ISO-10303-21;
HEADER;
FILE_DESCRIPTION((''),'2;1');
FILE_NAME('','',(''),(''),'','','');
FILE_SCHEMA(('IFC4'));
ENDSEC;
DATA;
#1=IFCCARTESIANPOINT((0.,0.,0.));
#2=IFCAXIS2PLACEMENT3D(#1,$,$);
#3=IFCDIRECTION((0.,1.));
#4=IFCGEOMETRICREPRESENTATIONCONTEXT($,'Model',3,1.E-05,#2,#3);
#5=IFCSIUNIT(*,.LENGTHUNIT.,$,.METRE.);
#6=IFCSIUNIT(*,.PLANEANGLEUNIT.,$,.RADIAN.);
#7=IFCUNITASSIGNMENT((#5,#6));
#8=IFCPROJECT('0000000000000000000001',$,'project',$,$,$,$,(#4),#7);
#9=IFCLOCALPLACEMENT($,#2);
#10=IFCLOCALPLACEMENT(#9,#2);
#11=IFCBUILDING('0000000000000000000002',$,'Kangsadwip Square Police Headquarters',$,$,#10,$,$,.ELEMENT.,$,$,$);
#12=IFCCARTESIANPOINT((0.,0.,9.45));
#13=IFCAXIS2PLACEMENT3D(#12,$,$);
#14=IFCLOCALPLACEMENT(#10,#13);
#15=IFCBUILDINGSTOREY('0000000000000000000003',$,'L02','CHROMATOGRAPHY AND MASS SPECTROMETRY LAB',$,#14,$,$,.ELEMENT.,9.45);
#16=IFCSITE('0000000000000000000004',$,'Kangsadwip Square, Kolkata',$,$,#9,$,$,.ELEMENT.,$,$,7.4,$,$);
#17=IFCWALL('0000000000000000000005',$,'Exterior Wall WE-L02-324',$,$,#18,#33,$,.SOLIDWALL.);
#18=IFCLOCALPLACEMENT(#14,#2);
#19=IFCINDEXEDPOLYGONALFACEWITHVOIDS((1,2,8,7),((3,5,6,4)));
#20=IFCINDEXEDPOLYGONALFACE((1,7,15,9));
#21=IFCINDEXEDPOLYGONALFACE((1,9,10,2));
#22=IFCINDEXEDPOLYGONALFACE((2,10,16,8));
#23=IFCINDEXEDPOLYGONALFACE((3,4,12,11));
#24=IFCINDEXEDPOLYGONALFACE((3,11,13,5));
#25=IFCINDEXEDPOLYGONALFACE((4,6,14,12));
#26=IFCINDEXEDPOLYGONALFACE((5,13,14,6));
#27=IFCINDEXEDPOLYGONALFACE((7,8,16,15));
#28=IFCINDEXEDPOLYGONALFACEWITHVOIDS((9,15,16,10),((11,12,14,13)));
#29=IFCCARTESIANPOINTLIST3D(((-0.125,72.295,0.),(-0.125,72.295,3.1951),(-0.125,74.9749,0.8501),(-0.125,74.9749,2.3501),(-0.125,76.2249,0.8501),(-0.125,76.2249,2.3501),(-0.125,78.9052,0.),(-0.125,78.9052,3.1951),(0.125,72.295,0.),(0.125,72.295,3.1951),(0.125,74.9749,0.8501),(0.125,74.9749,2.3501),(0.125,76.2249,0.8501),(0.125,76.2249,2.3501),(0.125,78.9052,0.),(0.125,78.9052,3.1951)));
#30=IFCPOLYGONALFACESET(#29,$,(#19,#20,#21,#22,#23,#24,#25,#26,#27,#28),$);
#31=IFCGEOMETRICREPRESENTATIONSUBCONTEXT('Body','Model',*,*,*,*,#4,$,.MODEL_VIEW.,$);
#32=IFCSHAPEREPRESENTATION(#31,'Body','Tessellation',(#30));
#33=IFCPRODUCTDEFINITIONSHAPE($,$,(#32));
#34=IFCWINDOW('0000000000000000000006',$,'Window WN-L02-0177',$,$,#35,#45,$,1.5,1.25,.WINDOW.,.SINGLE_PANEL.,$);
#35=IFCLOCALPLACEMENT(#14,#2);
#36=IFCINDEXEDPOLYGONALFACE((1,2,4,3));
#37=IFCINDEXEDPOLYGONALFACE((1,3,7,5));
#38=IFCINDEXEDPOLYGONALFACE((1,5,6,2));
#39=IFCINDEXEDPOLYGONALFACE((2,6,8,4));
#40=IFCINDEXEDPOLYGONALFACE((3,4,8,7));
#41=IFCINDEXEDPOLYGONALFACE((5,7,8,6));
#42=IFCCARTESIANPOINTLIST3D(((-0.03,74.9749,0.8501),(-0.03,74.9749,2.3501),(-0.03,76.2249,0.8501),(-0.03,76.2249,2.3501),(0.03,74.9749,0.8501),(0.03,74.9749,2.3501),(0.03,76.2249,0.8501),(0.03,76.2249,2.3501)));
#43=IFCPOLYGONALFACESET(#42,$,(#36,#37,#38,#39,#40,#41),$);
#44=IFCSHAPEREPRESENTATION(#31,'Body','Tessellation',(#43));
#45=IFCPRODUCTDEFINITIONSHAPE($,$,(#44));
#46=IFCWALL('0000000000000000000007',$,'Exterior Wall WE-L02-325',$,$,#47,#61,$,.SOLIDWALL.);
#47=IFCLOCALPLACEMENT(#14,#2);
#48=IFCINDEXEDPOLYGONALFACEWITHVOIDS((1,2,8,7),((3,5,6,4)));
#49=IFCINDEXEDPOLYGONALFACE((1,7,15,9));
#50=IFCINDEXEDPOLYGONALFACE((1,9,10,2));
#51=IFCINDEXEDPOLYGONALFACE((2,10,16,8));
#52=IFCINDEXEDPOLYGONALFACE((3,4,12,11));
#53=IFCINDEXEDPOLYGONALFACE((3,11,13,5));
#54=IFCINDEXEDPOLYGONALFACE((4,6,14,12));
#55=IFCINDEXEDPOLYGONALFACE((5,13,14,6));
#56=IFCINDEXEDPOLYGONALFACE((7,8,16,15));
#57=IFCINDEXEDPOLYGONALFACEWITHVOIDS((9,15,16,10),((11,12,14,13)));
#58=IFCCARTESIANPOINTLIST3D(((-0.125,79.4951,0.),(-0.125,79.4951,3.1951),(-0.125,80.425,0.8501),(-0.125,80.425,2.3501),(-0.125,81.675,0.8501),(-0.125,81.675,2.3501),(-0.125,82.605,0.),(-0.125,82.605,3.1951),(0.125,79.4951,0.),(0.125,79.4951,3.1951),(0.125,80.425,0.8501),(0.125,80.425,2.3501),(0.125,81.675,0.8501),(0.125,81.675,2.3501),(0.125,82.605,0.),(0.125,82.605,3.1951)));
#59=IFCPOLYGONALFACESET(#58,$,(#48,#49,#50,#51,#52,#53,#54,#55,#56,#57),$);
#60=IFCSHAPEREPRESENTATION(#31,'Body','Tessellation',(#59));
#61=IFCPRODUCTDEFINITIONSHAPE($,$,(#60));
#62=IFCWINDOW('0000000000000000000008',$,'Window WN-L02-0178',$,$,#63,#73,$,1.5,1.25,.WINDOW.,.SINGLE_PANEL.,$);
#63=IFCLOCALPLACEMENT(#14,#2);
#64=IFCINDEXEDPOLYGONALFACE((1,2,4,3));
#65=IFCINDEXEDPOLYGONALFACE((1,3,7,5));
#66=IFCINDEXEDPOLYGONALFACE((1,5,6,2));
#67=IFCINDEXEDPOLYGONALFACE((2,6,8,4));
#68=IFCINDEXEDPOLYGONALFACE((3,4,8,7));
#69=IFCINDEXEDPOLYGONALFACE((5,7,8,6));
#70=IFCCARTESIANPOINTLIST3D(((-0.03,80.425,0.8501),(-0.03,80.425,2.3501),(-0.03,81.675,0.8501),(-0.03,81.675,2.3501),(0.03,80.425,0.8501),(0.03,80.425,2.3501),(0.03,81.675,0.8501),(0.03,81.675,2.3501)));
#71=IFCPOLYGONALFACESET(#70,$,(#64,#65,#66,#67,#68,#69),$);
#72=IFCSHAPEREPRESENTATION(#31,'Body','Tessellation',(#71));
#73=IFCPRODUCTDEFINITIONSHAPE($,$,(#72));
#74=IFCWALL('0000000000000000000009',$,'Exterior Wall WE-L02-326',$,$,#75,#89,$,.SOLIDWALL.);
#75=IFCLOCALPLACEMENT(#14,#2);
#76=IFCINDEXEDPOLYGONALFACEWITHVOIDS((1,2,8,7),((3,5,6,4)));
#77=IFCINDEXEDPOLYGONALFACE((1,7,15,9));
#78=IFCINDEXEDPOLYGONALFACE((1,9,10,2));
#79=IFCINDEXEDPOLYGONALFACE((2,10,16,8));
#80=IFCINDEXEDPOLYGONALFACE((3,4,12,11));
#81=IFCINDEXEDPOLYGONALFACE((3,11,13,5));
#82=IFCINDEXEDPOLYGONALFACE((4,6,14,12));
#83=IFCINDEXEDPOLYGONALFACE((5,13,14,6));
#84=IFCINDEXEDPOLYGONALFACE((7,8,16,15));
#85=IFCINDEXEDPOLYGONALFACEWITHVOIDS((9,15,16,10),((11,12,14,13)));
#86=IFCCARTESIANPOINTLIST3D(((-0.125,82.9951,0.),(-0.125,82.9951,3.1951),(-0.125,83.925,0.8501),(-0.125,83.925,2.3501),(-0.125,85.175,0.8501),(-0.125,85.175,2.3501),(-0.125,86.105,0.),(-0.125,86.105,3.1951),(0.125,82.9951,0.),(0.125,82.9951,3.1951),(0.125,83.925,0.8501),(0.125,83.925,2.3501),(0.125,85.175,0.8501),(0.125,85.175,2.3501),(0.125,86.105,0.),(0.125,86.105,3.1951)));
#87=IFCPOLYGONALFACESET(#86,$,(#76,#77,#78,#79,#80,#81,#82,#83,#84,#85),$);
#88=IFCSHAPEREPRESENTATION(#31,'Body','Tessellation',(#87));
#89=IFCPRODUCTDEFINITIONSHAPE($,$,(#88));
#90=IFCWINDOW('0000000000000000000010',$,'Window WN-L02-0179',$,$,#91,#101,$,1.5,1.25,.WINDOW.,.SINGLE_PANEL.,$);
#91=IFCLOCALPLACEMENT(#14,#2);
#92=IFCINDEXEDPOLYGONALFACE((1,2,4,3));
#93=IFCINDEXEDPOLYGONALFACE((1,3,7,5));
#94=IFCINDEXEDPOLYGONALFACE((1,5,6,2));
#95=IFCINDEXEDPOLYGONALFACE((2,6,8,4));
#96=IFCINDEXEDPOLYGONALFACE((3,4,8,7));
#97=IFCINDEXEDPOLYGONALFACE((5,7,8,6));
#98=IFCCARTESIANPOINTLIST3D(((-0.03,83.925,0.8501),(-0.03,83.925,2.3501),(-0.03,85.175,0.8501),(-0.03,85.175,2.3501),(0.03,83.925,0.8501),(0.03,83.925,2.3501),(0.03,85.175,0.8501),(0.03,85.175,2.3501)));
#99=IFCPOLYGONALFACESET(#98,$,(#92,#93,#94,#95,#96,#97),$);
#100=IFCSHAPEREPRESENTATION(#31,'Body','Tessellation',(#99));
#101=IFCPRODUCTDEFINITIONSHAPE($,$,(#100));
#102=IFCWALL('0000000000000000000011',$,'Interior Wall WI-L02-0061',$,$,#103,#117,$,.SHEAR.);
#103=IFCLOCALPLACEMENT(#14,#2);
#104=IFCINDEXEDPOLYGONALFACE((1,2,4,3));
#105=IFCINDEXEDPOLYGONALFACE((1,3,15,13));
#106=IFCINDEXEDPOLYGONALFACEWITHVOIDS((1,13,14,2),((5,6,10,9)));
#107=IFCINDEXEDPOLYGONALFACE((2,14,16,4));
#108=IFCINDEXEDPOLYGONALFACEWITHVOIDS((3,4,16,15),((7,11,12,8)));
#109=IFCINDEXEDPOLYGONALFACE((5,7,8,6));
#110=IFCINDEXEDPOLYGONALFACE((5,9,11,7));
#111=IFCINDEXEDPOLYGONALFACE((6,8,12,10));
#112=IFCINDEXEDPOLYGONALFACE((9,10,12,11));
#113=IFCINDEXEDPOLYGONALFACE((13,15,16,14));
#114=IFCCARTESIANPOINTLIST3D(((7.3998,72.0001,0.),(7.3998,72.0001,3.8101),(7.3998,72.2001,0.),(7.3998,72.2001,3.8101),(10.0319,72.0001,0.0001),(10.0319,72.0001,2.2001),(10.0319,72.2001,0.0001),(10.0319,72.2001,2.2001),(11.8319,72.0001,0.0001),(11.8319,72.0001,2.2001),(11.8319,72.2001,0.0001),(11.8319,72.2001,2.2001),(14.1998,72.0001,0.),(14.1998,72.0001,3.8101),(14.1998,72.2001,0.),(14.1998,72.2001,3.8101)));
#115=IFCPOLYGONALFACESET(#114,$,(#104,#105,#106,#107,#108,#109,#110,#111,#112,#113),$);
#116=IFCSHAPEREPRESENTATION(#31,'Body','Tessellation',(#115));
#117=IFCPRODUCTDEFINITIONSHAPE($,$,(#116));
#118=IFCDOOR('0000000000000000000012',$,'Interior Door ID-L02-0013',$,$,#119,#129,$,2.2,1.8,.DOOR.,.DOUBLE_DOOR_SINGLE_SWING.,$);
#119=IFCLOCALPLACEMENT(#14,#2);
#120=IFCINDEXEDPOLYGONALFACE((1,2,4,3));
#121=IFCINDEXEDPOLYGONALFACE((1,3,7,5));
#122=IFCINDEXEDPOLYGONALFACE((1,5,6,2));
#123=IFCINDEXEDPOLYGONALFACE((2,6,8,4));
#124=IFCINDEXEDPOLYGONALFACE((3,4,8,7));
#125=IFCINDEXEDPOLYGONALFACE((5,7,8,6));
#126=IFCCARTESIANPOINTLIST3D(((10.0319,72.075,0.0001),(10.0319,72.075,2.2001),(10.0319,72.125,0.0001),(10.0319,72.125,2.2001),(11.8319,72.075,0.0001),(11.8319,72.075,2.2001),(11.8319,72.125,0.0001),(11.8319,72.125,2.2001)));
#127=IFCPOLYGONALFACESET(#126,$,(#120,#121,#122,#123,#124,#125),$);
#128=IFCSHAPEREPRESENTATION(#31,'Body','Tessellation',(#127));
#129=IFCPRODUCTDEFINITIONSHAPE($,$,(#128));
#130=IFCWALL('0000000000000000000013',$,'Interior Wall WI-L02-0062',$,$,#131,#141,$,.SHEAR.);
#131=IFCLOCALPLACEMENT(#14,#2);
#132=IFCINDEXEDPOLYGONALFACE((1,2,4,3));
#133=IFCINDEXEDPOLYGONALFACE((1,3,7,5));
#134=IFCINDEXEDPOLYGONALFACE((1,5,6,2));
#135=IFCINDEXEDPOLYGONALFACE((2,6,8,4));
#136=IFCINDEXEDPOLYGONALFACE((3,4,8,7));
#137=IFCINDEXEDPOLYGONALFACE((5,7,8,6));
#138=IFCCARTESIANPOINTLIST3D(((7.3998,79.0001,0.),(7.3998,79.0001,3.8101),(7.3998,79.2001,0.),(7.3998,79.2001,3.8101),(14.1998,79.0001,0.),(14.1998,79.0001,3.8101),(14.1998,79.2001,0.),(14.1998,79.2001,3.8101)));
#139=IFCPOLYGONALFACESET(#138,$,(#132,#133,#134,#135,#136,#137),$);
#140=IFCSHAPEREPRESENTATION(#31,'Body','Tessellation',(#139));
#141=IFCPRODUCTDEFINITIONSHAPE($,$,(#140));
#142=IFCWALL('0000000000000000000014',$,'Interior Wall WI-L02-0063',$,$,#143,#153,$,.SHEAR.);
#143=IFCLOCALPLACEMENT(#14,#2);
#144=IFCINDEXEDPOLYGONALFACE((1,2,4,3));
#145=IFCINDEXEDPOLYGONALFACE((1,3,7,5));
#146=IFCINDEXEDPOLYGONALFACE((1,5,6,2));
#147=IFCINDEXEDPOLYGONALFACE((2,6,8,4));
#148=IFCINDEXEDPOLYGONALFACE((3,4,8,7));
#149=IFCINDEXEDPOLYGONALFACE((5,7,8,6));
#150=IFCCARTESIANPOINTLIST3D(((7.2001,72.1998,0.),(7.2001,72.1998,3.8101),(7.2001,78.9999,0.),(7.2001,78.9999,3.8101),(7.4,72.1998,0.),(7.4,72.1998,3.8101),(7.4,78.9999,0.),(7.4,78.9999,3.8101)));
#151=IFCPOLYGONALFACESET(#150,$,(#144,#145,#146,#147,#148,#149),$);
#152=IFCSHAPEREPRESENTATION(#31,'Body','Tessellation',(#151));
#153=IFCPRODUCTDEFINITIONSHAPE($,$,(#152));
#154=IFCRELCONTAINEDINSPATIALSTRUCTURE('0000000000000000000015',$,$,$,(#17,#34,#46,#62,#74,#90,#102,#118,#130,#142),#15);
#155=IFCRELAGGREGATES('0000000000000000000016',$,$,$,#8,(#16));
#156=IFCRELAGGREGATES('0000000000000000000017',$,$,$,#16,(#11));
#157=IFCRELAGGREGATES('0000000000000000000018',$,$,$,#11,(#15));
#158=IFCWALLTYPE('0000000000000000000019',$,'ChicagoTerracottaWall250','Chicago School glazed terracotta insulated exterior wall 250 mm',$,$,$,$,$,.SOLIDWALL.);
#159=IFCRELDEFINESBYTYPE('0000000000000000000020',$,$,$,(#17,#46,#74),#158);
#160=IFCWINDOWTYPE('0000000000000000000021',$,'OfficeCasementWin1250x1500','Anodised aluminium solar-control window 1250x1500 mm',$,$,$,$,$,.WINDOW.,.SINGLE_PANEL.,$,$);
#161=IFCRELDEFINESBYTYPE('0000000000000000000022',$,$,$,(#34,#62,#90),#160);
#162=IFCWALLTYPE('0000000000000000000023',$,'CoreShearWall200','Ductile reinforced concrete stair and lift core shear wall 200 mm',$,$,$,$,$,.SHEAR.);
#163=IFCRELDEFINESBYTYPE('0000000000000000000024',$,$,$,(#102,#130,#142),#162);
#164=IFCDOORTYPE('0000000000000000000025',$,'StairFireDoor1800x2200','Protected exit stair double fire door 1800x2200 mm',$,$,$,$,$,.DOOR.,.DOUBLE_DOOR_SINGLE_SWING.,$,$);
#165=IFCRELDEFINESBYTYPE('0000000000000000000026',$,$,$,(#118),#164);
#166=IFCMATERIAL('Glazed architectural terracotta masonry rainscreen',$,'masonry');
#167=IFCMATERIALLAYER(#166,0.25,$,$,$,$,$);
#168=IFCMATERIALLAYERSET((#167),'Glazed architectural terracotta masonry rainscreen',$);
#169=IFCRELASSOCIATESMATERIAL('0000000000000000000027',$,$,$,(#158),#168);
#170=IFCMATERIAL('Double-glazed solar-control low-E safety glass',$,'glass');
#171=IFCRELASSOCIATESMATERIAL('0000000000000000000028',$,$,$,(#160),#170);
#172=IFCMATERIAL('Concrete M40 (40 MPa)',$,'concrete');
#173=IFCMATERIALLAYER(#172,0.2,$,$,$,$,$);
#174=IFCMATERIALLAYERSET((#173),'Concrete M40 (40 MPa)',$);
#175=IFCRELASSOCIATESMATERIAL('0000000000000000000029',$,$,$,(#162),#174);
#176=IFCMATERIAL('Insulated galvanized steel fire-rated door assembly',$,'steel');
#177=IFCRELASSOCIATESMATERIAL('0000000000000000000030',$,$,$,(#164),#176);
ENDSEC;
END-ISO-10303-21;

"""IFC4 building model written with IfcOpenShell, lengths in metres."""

from ifc_helpers import new_model, si_unit, direction, frame, frame_2d, origin, place, context, subcontext, project, spatial, rectangle, extrude, material, layer, layer_set, type_object, element, fill, save


model = new_model("IFC4")

# Units and contexts
model_context = context("Model", 3, precision=1e-05, world=origin(), true_north=direction((0.0, 1.0)))
body_context = subcontext(model_context, "Body", "Model", "MODEL_VIEW")
ifc_project = project(units=[si_unit("LENGTHUNIT", "METRE"), si_unit("PLANEANGLEUNIT", "RADIAN")], contexts=[model_context])

# Site, building, storey
site_placement = place(None, origin())
site = spatial("IfcSite", under=ifc_project, at=site_placement, Name="Kangsadwip Square, Kolkata", CompositionType="ELEMENT", RefElevation=7.4)
building_placement = place(site_placement, origin())
building = spatial("IfcBuilding", under=site, at=building_placement, Name="Kangsadwip Square Police Headquarters", CompositionType="ELEMENT")
storey_placement = place(building_placement, frame((0.0, 0.0, 9.45)))
storey = spatial("IfcBuildingStorey", under=building, at=storey_placement, Name="L02", Description="CHROMATOGRAPHY AND MASS SPECTROMETRY LAB", CompositionType="ELEMENT", Elevation=9.45)

# Walls, openings, windows
ifc_material_1 = material(Name="Glazed architectural terracotta masonry rainscreen", Category="masonry")
ifc_layer_1 = layer(ifc_material_1, 0.25)
ifc_layer_set_1 = layer_set([ifc_layer_1], Name="Glazed architectural terracotta masonry rainscreen")
wall_type_1 = type_object("IfcWallType", Name="ChicagoTerracottaWall250", Description="Chicago School glazed terracotta insulated exterior wall 250 mm", PredefinedType="SOLIDWALL", material=ifc_layer_set_1)
wall_1_placement = place(storey_placement, frame((0.0, 72.2949, 0.0), z_axis=(0.0, 0.0, 1.0), x_axis=(0.0, 1.0, 0.0)))
wall_1 = element("IfcWall", 1, at=wall_1_placement, inside=storey, type_object=wall_type_1, Name="Exterior Wall WE-L02-324", PredefinedType="SOLIDWALL", context=body_context, shape_type="SweptSolid", body=[
    extrude(rectangle(XDim=6.6101, YDim=0.25, at=frame_2d((3.3052, 0.0))), origin(), (0.0, 0.0, 1.0), 3.1951),
])
opening_1_placement = place(wall_1_placement, frame((2.6799, 0.0, 0.8501)))
opening_1 = element("IfcOpeningElement", 2, at=opening_1_placement, cuts=wall_1, PredefinedType="OPENING", context=body_context, shape_type="SweptSolid", body=[
    extrude(rectangle(XDim=1.25, YDim=1.5, at=frame_2d((0.625, 0.75))), frame((0.0, 0.135, 0.0), z_axis=(0.0, -1.0, 0.0), x_axis=(1.0, 0.0, 0.0)), (0.0, 0.0, 1.0), 0.27),
])
ifc_material_2 = material(Name="Double-glazed solar-control low-E safety glass", Category="glass")
window_type = type_object("IfcWindowType", Name="OfficeCasementWin1250x1500", Description="Anodised aluminium solar-control window 1250x1500 mm", PartitioningType="SINGLE_PANEL", PredefinedType="WINDOW", material=ifc_material_2)
window_1_placement = place(opening_1_placement, origin())
window_1 = element("IfcWindow", 3, at=window_1_placement, inside=storey, type_object=window_type, Name="Window WN-L02-0177", OverallHeight=1.5, OverallWidth=1.25, PartitioningType="SINGLE_PANEL", PredefinedType="WINDOW", context=body_context, shape_type="SweptSolid", body=[
    extrude(rectangle(XDim=1.25, YDim=1.5, at=frame_2d((0.625, 0.75))), frame((0.0, 0.03, 0.0), z_axis=(0.0, -1.0, 0.0), x_axis=(1.0, 0.0, 0.0)), (0.0, 0.0, 1.0), 0.0601),
])
fill(opening_1, window_1)
wall_2_placement = place(storey_placement, frame((0.0, 79.4951, 0.0), z_axis=(0.0, 0.0, 1.0), x_axis=(0.0, 1.0, 0.0)))
wall_2 = element("IfcWall", 4, at=wall_2_placement, inside=storey, type_object=wall_type_1, Name="Exterior Wall WE-L02-325", PredefinedType="SOLIDWALL", context=body_context, shape_type="SweptSolid", body=[
    extrude(rectangle(XDim=3.1099, YDim=0.25, at=frame_2d((1.5549, 0.0))), origin(), (0.0, 0.0, 1.0), 3.1951),
])
opening_2_placement = place(wall_2_placement, frame((0.9299, 0.0, 0.8501)))
opening_2 = element("IfcOpeningElement", 5, at=opening_2_placement, cuts=wall_2, PredefinedType="OPENING", context=body_context, shape_type="SweptSolid", body=[
    extrude(rectangle(XDim=1.25, YDim=1.5, at=frame_2d((0.625, 0.75))), frame((0.0, 0.135, 0.0), z_axis=(0.0, -1.0, 0.0), x_axis=(1.0, 0.0, 0.0)), (0.0, 0.0, 1.0), 0.27),
])
window_2_placement = place(opening_2_placement, origin())
window_2 = element("IfcWindow", 6, at=window_2_placement, inside=storey, type_object=window_type, Name="Window WN-L02-0178", OverallHeight=1.5, OverallWidth=1.25, PartitioningType="SINGLE_PANEL", PredefinedType="WINDOW", context=body_context, shape_type="SweptSolid", body=[
    extrude(rectangle(XDim=1.25, YDim=1.5, at=frame_2d((0.625, 0.75))), frame((0.0, 0.03, 0.0), z_axis=(0.0, -1.0, 0.0), x_axis=(1.0, 0.0, 0.0)), (0.0, 0.0, 1.0), 0.0601),
])
fill(opening_2, window_2)
wall_3_placement = place(storey_placement, frame((0.0, 82.9951, 0.0), z_axis=(0.0, 0.0, 1.0), x_axis=(0.0, 1.0, 0.0)))
wall_3 = element("IfcWall", 7, at=wall_3_placement, inside=storey, type_object=wall_type_1, Name="Exterior Wall WE-L02-326", PredefinedType="SOLIDWALL", context=body_context, shape_type="SweptSolid", body=[
    extrude(rectangle(XDim=3.1099, YDim=0.25, at=frame_2d((1.5549, 0.0))), origin(), (0.0, 0.0, 1.0), 3.1951),
])
opening_3_placement = place(wall_3_placement, frame((0.9299, 0.0, 0.8501)))
opening_3 = element("IfcOpeningElement", 8, at=opening_3_placement, cuts=wall_3, PredefinedType="OPENING", context=body_context, shape_type="SweptSolid", body=[
    extrude(rectangle(XDim=1.25, YDim=1.5, at=frame_2d((0.625, 0.75))), frame((0.0, 0.135, 0.0), z_axis=(0.0, -1.0, 0.0), x_axis=(1.0, 0.0, 0.0)), (0.0, 0.0, 1.0), 0.27),
])
window_3_placement = place(opening_3_placement, origin())
window_3 = element("IfcWindow", 9, at=window_3_placement, inside=storey, type_object=window_type, Name="Window WN-L02-0179", OverallHeight=1.5, OverallWidth=1.25, PartitioningType="SINGLE_PANEL", PredefinedType="WINDOW", context=body_context, shape_type="SweptSolid", body=[
    extrude(rectangle(XDim=1.25, YDim=1.5, at=frame_2d((0.625, 0.75))), frame((0.0, 0.03, 0.0), z_axis=(0.0, -1.0, 0.0), x_axis=(1.0, 0.0, 0.0)), (0.0, 0.0, 1.0), 0.0601),
])
fill(opening_3, window_3)

# Wall, opening, door
ifc_material_3 = material(Name="Concrete M40 (40 MPa)", Category="concrete")
ifc_layer_2 = layer(ifc_material_3, 0.2)
ifc_layer_set_2 = layer_set([ifc_layer_2], Name="Concrete M40 (40 MPa)")
wall_type_2 = type_object("IfcWallType", Name="CoreShearWall200", Description="Ductile reinforced concrete stair and lift core shear wall 200 mm", PredefinedType="SHEAR", material=ifc_layer_set_2)
wall_4_placement = place(storey_placement, frame((7.3999, 72.1001, 0.0), z_axis=(0.0, 0.0, 1.0), x_axis=(1.0, 0.0, 0.0)))
wall_4 = element("IfcWall", 10, at=wall_4_placement, inside=storey, type_object=wall_type_2, Name="Interior Wall WI-L02-0061", PredefinedType="SHEAR", context=body_context, shape_type="SweptSolid", body=[
    extrude(rectangle(XDim=6.8, YDim=0.2, at=frame_2d((3.3999, 0.0))), origin(), (0.0, 0.0, 1.0), 3.8101),
])
opening_4_placement = place(wall_4_placement, frame((2.6321, 0.0, 0.0)))
opening_4 = element("IfcOpeningElement", 11, at=opening_4_placement, cuts=wall_4, PredefinedType="OPENING", context=body_context, shape_type="SweptSolid", body=[
    extrude(rectangle(XDim=1.8, YDim=2.2, at=frame_2d((0.8999, 1.1001))), frame((0.0, 0.1099, 0.0), z_axis=(0.0, -1.0, 0.0), x_axis=(1.0, 0.0, 0.0)), (0.0, 0.0, 1.0), 0.22),
])
ifc_material_4 = material(Name="Insulated galvanized steel fire-rated door assembly", Category="steel")
door_type = type_object("IfcDoorType", Name="StairFireDoor1800x2200", Description="Protected exit stair double fire door 1800x2200 mm", OperationType="DOUBLE_DOOR_SINGLE_SWING", PredefinedType="DOOR", material=ifc_material_4)
door_placement = place(opening_4_placement, origin())
door = element("IfcDoor", 12, at=door_placement, inside=storey, type_object=door_type, Name="Interior Door ID-L02-0013", OperationType="DOUBLE_DOOR_SINGLE_SWING", OverallHeight=2.2, OverallWidth=1.8, PredefinedType="DOOR", context=body_context, shape_type="SweptSolid", body=[
    extrude(rectangle(XDim=1.8, YDim=2.2, at=frame_2d((0.8999, 1.1001))), frame((0.0, 0.0249, 0.0), z_axis=(0.0, -1.0, 0.0), x_axis=(1.0, 0.0, 0.0)), (0.0, 0.0, 1.0), 0.05),
])
fill(opening_4, door)

# Walls
for number, where, z_axis, x_axis, name in (
    (13, (7.3999, 79.1001, 0.0), (0.0, 0.0, 1.0), (1.0, 0.0, 0.0), "Interior Wall WI-L02-0062"),
    (14, (7.3, 72.2, 0.0), (0.0, 0.0, 1.0), (0.0, 1.0, 0.0), "Interior Wall WI-L02-0063"),
):
    element("IfcWall", number, at=place(storey_placement, frame(where, z_axis=z_axis, x_axis=x_axis)), inside=storey, type_object=wall_type_2, Name=name, PredefinedType="SHEAR", context=body_context, shape_type="SweptSolid", body=[
        extrude(rectangle(XDim=6.8, YDim=0.2, at=frame_2d((3.3999, 0.0))), origin(), (0.0, 0.0, 1.0), 3.8101),
    ])

save(model, "model.ifc")
